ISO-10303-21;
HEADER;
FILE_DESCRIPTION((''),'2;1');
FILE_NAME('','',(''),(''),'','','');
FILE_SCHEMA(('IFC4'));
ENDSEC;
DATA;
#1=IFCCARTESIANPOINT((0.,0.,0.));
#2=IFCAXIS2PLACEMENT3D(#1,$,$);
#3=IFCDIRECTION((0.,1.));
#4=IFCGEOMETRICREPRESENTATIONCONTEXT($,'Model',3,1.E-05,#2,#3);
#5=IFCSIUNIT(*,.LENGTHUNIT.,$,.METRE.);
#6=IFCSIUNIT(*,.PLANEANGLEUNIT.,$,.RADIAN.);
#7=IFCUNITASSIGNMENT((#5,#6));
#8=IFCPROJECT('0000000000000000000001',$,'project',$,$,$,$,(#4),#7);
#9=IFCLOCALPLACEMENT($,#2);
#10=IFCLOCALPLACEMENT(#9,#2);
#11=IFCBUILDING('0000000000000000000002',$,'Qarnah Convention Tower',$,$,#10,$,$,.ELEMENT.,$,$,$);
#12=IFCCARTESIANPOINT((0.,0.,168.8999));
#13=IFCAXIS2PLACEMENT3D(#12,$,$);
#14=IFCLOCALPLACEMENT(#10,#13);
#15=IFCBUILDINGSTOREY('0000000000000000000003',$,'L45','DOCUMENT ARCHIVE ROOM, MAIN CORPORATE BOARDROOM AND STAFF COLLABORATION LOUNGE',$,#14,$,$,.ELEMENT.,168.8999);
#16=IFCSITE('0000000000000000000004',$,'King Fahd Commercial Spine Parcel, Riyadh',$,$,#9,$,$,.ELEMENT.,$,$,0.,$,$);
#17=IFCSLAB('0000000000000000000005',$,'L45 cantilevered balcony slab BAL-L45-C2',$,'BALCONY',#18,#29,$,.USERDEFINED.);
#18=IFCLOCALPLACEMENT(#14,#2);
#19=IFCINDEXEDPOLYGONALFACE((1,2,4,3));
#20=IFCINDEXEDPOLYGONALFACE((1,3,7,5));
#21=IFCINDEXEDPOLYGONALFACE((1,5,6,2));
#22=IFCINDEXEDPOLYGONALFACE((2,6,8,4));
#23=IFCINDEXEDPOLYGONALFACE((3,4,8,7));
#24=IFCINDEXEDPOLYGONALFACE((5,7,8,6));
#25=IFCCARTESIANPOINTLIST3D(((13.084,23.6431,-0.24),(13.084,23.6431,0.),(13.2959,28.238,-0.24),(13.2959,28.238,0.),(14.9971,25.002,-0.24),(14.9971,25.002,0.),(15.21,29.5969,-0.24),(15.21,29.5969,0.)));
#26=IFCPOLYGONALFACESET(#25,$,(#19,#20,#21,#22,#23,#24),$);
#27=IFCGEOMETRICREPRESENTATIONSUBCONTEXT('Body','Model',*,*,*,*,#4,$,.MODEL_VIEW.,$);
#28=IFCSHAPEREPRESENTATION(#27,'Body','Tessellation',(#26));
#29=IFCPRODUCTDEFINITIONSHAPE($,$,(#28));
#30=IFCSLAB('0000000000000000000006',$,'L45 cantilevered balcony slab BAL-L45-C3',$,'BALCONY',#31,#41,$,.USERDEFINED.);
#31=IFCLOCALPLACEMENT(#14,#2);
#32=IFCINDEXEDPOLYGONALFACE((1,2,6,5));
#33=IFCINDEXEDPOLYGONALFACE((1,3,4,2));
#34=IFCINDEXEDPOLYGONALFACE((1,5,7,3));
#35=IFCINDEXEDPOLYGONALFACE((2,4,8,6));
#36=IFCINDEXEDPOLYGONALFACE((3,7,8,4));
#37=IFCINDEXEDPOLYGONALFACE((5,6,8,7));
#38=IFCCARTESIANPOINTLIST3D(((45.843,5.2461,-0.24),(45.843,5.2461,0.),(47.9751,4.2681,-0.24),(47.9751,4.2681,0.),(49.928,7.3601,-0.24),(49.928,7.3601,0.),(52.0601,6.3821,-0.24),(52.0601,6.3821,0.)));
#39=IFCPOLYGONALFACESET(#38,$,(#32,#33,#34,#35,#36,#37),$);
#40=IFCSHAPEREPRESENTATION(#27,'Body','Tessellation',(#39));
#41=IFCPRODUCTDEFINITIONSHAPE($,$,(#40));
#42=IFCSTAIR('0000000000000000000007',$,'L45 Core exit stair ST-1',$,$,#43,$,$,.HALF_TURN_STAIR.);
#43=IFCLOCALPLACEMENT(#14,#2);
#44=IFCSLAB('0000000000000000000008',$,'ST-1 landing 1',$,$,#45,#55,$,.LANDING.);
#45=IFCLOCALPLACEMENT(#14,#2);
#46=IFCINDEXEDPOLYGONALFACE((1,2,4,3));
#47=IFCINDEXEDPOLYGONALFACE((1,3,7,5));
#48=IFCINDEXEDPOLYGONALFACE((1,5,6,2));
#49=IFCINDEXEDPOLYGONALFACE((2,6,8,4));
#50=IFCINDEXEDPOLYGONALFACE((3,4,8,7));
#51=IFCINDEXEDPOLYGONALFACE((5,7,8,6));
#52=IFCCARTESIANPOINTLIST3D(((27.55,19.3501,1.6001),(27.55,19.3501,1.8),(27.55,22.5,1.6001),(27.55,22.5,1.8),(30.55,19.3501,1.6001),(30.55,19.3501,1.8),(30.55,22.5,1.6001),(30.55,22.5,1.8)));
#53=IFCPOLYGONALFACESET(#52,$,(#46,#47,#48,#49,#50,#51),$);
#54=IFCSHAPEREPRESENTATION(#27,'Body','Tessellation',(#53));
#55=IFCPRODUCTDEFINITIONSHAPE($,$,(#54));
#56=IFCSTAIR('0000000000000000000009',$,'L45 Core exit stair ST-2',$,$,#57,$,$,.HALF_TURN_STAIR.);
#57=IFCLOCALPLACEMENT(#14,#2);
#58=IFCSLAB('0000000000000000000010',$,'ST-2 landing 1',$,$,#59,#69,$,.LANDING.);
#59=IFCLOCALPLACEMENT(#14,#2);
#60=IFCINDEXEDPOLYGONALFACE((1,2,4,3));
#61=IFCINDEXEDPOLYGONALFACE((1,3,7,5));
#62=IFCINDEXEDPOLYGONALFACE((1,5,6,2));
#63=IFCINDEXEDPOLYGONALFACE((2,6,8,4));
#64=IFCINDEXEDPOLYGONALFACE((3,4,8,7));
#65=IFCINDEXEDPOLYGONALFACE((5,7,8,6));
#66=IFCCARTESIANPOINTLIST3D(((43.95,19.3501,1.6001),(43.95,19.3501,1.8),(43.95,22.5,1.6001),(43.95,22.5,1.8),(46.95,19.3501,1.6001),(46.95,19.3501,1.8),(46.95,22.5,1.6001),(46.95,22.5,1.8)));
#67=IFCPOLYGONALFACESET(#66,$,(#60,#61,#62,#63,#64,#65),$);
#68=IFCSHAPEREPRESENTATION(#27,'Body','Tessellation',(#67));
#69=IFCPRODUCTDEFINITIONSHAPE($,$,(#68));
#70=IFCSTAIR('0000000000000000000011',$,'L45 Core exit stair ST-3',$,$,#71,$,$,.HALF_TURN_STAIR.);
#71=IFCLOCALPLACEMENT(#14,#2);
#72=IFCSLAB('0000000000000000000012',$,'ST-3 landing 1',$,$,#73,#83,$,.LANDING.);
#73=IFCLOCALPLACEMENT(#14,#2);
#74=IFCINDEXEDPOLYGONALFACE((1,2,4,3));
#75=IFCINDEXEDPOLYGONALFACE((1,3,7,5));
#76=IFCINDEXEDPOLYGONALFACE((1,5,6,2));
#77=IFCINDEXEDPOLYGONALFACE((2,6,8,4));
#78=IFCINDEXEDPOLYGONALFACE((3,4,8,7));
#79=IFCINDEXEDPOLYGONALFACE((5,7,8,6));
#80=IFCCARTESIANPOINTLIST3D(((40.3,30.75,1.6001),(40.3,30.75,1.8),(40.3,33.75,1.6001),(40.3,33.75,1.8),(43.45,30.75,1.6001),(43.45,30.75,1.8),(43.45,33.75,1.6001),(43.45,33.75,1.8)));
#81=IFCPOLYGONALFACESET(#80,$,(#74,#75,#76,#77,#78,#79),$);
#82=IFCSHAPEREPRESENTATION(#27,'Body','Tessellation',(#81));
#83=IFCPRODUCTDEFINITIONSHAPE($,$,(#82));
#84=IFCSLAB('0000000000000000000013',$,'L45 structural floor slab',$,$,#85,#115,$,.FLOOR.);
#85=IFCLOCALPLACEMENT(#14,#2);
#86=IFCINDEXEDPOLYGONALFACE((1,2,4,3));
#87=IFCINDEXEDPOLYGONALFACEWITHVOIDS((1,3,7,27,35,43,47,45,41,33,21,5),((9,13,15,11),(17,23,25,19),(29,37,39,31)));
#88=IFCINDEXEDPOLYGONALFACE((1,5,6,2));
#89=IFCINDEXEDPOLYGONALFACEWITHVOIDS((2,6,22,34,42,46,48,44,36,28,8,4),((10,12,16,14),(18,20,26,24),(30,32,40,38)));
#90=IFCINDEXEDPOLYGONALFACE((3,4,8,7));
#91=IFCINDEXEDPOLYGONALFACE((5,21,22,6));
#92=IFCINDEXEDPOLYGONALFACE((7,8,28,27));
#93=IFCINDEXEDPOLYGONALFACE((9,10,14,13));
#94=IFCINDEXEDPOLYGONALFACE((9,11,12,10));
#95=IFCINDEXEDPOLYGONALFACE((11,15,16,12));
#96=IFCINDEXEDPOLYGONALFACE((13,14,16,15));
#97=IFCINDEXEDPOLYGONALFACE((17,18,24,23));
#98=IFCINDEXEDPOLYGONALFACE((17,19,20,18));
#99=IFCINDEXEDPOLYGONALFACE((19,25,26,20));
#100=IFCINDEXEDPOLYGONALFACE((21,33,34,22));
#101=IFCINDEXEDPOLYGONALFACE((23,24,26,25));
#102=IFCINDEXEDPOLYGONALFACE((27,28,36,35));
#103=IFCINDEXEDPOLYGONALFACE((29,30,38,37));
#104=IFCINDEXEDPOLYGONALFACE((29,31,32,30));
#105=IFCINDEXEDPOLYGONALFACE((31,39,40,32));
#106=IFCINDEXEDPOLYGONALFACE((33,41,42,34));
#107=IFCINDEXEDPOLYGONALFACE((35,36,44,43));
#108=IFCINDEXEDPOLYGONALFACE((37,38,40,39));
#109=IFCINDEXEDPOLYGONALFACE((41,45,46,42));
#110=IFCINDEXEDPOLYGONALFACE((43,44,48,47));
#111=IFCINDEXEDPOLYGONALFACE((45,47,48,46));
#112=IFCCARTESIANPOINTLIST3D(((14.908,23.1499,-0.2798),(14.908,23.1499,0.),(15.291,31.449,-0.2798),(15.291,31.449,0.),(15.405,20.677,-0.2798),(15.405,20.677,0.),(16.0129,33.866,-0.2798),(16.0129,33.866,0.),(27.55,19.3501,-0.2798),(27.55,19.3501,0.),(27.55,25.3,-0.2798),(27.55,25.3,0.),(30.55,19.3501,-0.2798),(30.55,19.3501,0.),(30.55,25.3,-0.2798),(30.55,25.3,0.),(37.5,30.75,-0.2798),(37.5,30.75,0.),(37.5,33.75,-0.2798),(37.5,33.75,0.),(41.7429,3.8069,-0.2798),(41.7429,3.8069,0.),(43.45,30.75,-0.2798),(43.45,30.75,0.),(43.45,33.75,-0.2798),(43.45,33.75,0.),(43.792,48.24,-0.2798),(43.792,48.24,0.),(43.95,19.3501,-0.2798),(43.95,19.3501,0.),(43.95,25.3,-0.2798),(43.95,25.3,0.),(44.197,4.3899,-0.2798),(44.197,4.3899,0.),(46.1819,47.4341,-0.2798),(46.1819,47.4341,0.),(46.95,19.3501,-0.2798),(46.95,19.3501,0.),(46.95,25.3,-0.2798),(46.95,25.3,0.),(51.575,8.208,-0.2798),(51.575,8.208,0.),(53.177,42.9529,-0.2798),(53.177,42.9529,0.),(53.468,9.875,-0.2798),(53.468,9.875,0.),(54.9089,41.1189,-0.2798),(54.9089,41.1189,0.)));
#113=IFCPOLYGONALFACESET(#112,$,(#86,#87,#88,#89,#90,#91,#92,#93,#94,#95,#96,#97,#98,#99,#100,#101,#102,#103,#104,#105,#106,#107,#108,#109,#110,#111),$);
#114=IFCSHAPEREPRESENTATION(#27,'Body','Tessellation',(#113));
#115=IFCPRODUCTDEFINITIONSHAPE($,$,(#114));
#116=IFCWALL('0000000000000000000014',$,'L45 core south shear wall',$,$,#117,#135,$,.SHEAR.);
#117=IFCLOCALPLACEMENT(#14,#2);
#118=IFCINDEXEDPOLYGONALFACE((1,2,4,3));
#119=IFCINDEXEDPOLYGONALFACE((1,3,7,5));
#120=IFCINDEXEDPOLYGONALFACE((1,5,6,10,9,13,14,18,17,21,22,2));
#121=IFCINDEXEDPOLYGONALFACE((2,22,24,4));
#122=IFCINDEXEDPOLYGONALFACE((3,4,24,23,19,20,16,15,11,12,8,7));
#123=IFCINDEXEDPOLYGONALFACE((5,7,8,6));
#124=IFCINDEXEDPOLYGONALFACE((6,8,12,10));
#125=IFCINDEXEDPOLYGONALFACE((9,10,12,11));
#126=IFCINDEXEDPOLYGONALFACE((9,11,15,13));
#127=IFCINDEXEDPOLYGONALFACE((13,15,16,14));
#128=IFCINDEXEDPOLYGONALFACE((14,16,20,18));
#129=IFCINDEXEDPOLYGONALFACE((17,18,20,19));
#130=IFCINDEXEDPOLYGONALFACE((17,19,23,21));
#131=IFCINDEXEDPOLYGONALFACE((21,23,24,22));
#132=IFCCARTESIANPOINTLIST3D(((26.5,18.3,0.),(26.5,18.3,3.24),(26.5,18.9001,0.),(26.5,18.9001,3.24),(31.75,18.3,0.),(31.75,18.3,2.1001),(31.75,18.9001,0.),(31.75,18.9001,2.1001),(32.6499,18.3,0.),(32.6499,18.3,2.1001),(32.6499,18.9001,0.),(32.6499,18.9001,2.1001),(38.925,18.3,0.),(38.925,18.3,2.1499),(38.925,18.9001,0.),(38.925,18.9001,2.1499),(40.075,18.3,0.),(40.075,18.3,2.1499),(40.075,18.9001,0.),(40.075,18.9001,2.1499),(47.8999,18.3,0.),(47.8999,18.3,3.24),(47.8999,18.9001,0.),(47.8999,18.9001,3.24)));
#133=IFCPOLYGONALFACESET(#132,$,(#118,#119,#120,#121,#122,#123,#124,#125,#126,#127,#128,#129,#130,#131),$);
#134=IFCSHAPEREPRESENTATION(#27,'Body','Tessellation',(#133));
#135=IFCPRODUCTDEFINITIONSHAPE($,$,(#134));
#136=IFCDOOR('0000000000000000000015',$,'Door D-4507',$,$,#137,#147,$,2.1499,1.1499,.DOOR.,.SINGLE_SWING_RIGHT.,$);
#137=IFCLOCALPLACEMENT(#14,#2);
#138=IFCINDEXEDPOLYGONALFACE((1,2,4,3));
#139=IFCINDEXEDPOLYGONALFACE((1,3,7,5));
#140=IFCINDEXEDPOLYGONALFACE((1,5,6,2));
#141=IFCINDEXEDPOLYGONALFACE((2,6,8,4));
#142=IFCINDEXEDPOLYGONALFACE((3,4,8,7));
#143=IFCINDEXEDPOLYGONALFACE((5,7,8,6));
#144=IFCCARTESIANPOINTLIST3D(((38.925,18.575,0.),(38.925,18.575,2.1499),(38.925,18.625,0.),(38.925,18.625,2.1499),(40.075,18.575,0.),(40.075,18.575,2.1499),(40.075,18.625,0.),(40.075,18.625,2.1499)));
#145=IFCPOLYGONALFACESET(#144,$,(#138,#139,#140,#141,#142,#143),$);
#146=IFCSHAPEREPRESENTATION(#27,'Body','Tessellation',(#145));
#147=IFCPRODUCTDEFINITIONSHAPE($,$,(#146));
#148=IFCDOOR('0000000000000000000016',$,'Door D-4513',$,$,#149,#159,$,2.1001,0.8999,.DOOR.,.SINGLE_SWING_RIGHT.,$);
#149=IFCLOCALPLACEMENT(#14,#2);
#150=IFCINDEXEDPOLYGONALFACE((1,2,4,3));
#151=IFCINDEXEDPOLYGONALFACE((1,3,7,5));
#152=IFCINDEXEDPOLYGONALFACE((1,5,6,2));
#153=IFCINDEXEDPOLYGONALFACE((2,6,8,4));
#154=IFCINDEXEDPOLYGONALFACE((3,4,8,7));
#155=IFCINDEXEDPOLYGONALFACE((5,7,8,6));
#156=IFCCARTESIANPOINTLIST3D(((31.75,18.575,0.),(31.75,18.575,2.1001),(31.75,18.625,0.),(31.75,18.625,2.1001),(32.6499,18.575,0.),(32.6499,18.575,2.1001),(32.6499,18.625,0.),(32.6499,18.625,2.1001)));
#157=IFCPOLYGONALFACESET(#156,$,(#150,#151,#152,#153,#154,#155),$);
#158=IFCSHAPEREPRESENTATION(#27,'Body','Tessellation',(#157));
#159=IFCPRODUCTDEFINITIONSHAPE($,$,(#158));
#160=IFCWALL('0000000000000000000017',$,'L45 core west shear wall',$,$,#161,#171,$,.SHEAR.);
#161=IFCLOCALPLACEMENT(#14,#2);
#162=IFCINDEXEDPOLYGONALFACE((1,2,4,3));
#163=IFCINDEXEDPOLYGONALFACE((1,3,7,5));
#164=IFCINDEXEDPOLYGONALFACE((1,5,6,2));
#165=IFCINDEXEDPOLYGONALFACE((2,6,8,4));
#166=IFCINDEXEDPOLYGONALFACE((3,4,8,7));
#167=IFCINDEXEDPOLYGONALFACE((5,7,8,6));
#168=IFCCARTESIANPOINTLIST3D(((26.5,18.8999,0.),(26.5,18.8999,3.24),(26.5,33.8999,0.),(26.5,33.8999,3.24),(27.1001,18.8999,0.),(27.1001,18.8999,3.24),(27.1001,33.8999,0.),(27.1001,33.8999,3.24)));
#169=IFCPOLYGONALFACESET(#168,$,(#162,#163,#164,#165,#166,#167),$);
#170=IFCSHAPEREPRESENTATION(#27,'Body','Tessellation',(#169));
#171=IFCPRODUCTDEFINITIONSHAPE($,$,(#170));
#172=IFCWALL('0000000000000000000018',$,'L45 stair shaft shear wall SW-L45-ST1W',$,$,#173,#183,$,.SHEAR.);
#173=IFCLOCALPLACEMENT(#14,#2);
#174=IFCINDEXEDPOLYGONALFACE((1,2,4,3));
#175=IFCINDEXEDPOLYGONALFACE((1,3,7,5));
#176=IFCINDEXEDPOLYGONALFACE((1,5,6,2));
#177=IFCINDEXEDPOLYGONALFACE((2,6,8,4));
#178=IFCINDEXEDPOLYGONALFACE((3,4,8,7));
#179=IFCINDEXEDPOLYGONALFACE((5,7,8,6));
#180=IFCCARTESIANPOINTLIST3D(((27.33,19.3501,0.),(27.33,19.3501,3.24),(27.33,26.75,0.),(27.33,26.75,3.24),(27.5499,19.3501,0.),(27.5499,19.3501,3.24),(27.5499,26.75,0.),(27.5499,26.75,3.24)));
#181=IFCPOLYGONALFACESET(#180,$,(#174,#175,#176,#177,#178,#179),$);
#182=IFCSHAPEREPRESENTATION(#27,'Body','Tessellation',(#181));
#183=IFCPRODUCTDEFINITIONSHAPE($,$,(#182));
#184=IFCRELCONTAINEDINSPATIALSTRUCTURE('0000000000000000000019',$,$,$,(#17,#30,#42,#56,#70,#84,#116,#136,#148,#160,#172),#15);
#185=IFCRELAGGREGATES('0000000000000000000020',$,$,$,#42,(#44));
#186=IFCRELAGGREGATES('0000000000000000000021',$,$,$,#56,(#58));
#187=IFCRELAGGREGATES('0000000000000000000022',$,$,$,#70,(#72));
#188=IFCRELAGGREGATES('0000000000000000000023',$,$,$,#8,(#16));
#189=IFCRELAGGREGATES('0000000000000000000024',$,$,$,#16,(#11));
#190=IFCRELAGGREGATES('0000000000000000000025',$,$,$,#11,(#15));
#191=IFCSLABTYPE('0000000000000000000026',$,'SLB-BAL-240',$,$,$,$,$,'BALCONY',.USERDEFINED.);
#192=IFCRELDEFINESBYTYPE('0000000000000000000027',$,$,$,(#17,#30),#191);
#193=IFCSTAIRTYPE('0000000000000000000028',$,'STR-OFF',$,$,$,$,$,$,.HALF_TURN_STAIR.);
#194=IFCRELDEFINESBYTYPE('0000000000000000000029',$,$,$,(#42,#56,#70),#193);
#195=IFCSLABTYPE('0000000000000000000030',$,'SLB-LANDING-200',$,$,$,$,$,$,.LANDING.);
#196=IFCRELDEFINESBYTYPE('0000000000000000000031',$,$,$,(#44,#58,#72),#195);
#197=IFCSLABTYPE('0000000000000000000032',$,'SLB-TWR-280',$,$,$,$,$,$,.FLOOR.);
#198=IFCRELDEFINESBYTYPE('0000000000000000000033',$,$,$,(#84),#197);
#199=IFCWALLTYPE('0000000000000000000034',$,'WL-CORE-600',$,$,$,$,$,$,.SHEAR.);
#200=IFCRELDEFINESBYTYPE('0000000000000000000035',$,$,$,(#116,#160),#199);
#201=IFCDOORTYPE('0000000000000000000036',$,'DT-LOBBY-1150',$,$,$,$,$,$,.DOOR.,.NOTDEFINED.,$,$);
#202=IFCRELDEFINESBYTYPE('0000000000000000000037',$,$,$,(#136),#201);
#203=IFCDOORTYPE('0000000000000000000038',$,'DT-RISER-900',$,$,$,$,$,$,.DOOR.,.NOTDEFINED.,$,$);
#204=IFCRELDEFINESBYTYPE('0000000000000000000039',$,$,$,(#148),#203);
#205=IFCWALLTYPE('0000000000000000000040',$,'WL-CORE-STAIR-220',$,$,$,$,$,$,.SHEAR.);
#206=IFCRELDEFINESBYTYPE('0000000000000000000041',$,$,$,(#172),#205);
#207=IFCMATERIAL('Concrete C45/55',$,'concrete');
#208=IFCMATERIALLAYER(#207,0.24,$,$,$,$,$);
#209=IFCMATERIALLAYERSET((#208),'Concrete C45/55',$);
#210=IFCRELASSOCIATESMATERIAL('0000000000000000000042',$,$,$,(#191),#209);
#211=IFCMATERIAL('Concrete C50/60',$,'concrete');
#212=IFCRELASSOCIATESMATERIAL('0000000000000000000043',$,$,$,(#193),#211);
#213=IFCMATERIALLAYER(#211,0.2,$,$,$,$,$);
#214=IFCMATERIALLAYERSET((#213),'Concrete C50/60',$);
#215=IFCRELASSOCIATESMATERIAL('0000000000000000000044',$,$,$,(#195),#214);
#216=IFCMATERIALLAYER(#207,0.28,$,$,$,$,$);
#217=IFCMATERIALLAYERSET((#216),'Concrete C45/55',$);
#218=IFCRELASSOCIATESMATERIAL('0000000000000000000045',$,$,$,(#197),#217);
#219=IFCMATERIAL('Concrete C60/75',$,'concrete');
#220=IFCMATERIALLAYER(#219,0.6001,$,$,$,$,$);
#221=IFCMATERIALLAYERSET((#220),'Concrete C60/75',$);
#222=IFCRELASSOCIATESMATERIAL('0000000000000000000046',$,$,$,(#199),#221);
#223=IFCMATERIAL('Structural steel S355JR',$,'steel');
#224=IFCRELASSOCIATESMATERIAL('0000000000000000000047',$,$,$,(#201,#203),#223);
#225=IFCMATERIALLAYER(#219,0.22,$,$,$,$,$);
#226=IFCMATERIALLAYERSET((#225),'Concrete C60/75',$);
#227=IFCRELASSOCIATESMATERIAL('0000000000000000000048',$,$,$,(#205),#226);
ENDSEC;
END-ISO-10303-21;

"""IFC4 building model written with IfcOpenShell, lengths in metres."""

from ifc_helpers import new_model, si_unit, direction, frame, frame_2d, origin, place, context, subcontext, project, spatial, polyline, rectangle, outline, extrude, material, layer, layer_set, type_object, element, fill, aggregate, save


model = new_model("IFC4")

# Units and contexts
model_context = context("Model", 3, precision=1e-05, world=origin(), true_north=direction((0.0, 1.0)))
body_context = subcontext(model_context, "Body", "Model", "MODEL_VIEW")
ifc_project = project(units=[si_unit("LENGTHUNIT", "METRE"), si_unit("PLANEANGLEUNIT", "RADIAN")], contexts=[model_context])

# Site, building, storey
site_placement = place(None, origin())
site = spatial("IfcSite", under=ifc_project, at=site_placement, Name="King Fahd Commercial Spine Parcel, Riyadh", CompositionType="ELEMENT", RefElevation=0.0)
building_placement = place(site_placement, origin())
building = spatial("IfcBuilding", under=site, at=building_placement, Name="Qarnah Convention Tower", CompositionType="ELEMENT")
storey_placement = place(building_placement, frame((0.0, 0.0, 168.8999)))
storey = spatial("IfcBuildingStorey", under=building, at=storey_placement, Name="L45", Description="DOCUMENT ARCHIVE ROOM, MAIN CORPORATE BOARDROOM AND STAFF COLLABORATION LOUNGE", CompositionType="ELEMENT", Elevation=168.8999)

# Shared definitions
ifc_material_1 = material(Name="Concrete C60/75", Category="concrete")

# Shared definitions
ifc_material_2 = material(Name="Structural steel S355JR", Category="steel")

# Slabs
ifc_material_3 = material(Name="Concrete C45/55", Category="concrete")
ifc_layer_1 = layer(ifc_material_3, 0.24)
ifc_layer_set_1 = layer_set([ifc_layer_1], Name="Concrete C45/55")
slab_type_1 = type_object("IfcSlabType", Name="SLB-BAL-240", ElementType="BALCONY", PredefinedType="USERDEFINED", material=ifc_layer_set_1)
slab_1_placement = place(storey_placement, frame((0.0, 0.0, -0.24)))
element("IfcSlab", 1, at=slab_1_placement, inside=storey, type_object=slab_type_1, Name="L45 cantilevered balcony slab BAL-L45-C2", ObjectType="BALCONY", PredefinedType="USERDEFINED", context=body_context, shape_type="SweptSolid", body=[
    extrude(outline(polyline([(13.084, 23.6431), (13.2959, 28.238), (15.21, 29.5969), (14.9971, 25.002), (13.084, 23.6431)])), origin(), (0.0, 0.0, 1.0), 0.24),
])
slab_2_placement = place(storey_placement, frame((0.0, 0.0, -0.24)))
element("IfcSlab", 2, at=slab_2_placement, inside=storey, type_object=slab_type_1, Name="L45 cantilevered balcony slab BAL-L45-C3", ObjectType="BALCONY", PredefinedType="USERDEFINED", context=body_context, shape_type="SweptSolid", body=[
    extrude(outline(polyline([(52.0601, 6.3821), (47.9751, 4.2681), (45.843, 5.2461), (49.928, 7.3601), (52.0601, 6.3821)])), origin(), (0.0, 0.0, 1.0), 0.24),
])

# Stairs, slabs
ifc_material_4 = material(Name="Concrete C50/60", Category="concrete")
stair_type = type_object("IfcStairType", Name="STR-OFF", PredefinedType="HALF_TURN_STAIR", material=ifc_material_4)
stair_1_placement = place(storey_placement, origin())
stair_1 = element("IfcStair", 3, at=stair_1_placement, inside=storey, type_object=stair_type, Name="L45 Core exit stair ST-1", PredefinedType="HALF_TURN_STAIR")
ifc_layer_2 = layer(ifc_material_4, 0.2)
ifc_layer_set_2 = layer_set([ifc_layer_2], Name="Concrete C50/60")
slab_type_2 = type_object("IfcSlabType", Name="SLB-LANDING-200", PredefinedType="LANDING", material=ifc_layer_set_2)
slab_3_placement = place(storey_placement, frame((0.0, 0.0, 1.6001)))
slab_3 = element("IfcSlab", 4, at=slab_3_placement, type_object=slab_type_2, Name="ST-1 landing 1", PredefinedType="LANDING", context=body_context, shape_type="SweptSolid", body=[
    extrude(outline(polyline([(27.55, 22.5), (27.55, 19.3501), (30.55, 19.3501), (30.55, 22.5), (27.55, 22.5)])), origin(), (0.0, 0.0, 1.0), 0.2),
])
aggregate(stair_1, [slab_3])
stair_2_placement = place(storey_placement, origin())
stair_2 = element("IfcStair", 5, at=stair_2_placement, inside=storey, type_object=stair_type, Name="L45 Core exit stair ST-2", PredefinedType="HALF_TURN_STAIR")
slab_4_placement = place(storey_placement, frame((0.0, 0.0, 1.6001)))
slab_4 = element("IfcSlab", 6, at=slab_4_placement, type_object=slab_type_2, Name="ST-2 landing 1", PredefinedType="LANDING", context=body_context, shape_type="SweptSolid", body=[
    extrude(outline(polyline([(43.95, 22.5), (43.95, 19.3501), (46.95, 19.3501), (46.95, 22.5), (43.95, 22.5)])), origin(), (0.0, 0.0, 1.0), 0.2),
])
aggregate(stair_2, [slab_4])
stair_3_placement = place(storey_placement, origin())
stair_3 = element("IfcStair", 7, at=stair_3_placement, inside=storey, type_object=stair_type, Name="L45 Core exit stair ST-3", PredefinedType="HALF_TURN_STAIR")
slab_5_placement = place(storey_placement, frame((0.0, 0.0, 1.6001)))
slab_5 = element("IfcSlab", 8, at=slab_5_placement, type_object=slab_type_2, Name="ST-3 landing 1", PredefinedType="LANDING", context=body_context, shape_type="SweptSolid", body=[
    extrude(outline(polyline([(40.3, 30.75), (43.45, 30.75), (43.45, 33.75), (40.3, 33.75), (40.3, 30.75)])), origin(), (0.0, 0.0, 1.0), 0.2),
])
aggregate(stair_3, [slab_5])

# Slab
ifc_layer_3 = layer(ifc_material_3, 0.28)
ifc_layer_set_3 = layer_set([ifc_layer_3], Name="Concrete C45/55")
slab_type_3 = type_object("IfcSlabType", Name="SLB-TWR-280", PredefinedType="FLOOR", material=ifc_layer_set_3)
slab_6_placement = place(storey_placement, frame((0.0, 0.0, -0.2798)))
element("IfcSlab", 9, at=slab_6_placement, inside=storey, type_object=slab_type_3, Name="L45 structural floor slab", PredefinedType="FLOOR", context=body_context, shape_type="SweptSolid", body=[
    extrude(outline(polyline([(43.792, 48.24), (16.0129, 33.866), (15.291, 31.449), (14.908, 23.1499), (15.405, 20.677), (41.7429, 3.8069), (44.197, 4.3899), (51.575, 8.208), (53.468, 9.875), (54.9089, 41.1189), (53.177, 42.9529), (46.1819, 47.4341), (43.792, 48.24)]), holes=[polyline([(27.55, 25.3), (27.55, 19.3501), (30.55, 19.3501), (30.55, 25.3), (27.55, 25.3)]), polyline([(43.95, 25.3), (43.95, 19.3501), (46.95, 19.3501), (46.95, 25.3), (43.95, 25.3)]), polyline([(37.5, 30.75), (43.45, 30.75), (43.45, 33.75), (37.5, 33.75), (37.5, 30.75)])]), origin(), (0.0, 0.0, 1.0), 0.2798),
])

# Wall, openings, doors
ifc_layer_4 = layer(ifc_material_1, 0.6001)
ifc_layer_set_4 = layer_set([ifc_layer_4], Name="Concrete C60/75")
wall_type_1 = type_object("IfcWallType", Name="WL-CORE-600", PredefinedType="SHEAR", material=ifc_layer_set_4)
wall_1_placement = place(storey_placement, frame((26.5, 18.6001, 0.0), z_axis=(0.0, 0.0, 1.0), x_axis=(1.0, 0.0, 0.0)))
wall_1 = element("IfcWall", 10, at=wall_1_placement, inside=storey, type_object=wall_type_1, Name="L45 core south shear wall", PredefinedType="SHEAR", context=body_context, shape_type="SweptSolid", body=[
    extrude(rectangle(XDim=21.3999, YDim=0.6001, at=frame_2d((10.7, 0.0))), origin(), (0.0, 0.0, 1.0), 3.24),
])
opening_1_placement = place(wall_1_placement, frame((12.425, 0.0, 0.0)))
opening_1 = element("IfcOpeningElement", 11, at=opening_1_placement, cuts=wall_1, PredefinedType="OPENING", context=body_context, shape_type="SweptSolid", body=[
    extrude(rectangle(XDim=1.1499, YDim=2.1499, at=frame_2d((0.575, 1.075))), frame((0.0, 0.3101, 0.0), z_axis=(0.0, -1.0, 0.0), x_axis=(1.0, 0.0, 0.0)), (0.0, 0.0, 1.0), 0.6201),
])
opening_2_placement = place(wall_1_placement, frame((5.25, 0.0, 0.0)))
opening_2 = element("IfcOpeningElement", 12, at=opening_2_placement, cuts=wall_1, PredefinedType="OPENING", context=body_context, shape_type="SweptSolid", body=[
    extrude(rectangle(XDim=0.8999, YDim=2.1001, at=frame_2d((0.45, 1.05))), frame((0.0, 0.3101, 0.0), z_axis=(0.0, -1.0, 0.0), x_axis=(1.0, 0.0, 0.0)), (0.0, 0.0, 1.0), 0.6201),
])
door_type_1 = type_object("IfcDoorType", Name="DT-LOBBY-1150", OperationType="NOTDEFINED", PredefinedType="DOOR", material=ifc_material_2)
door_1_placement = place(opening_1_placement, origin())
door_1 = element("IfcDoor", 13, at=door_1_placement, inside=storey, type_object=door_type_1, Name="Door D-4507", OperationType="SINGLE_SWING_RIGHT", OverallHeight=2.1499, OverallWidth=1.1499, PredefinedType="DOOR", context=body_context, shape_type="SweptSolid", body=[
    extrude(rectangle(XDim=1.1499, YDim=2.1499, at=frame_2d((0.575, 1.075))), frame((0.0, 0.0249, 0.0), z_axis=(0.0, -1.0, 0.0), x_axis=(1.0, 0.0, 0.0)), (0.0, 0.0, 1.0), 0.05),
])
fill(opening_1, door_1)
door_type_2 = type_object("IfcDoorType", Name="DT-RISER-900", OperationType="NOTDEFINED", PredefinedType="DOOR", material=ifc_material_2)
door_2_placement = place(opening_2_placement, origin())
door_2 = element("IfcDoor", 14, at=door_2_placement, inside=storey, type_object=door_type_2, Name="Door D-4513", OperationType="SINGLE_SWING_RIGHT", OverallHeight=2.1001, OverallWidth=0.8999, PredefinedType="DOOR", context=body_context, shape_type="SweptSolid", body=[
    extrude(rectangle(XDim=0.8999, YDim=2.1001, at=frame_2d((0.45, 1.05))), frame((0.0, 0.0249, 0.0), z_axis=(0.0, -1.0, 0.0), x_axis=(1.0, 0.0, 0.0)), (0.0, 0.0, 1.0), 0.05),
])
fill(opening_2, door_2)

# Walls
wall_2_placement = place(storey_placement, frame((26.8, 18.8999, 0.0), z_axis=(0.0, 0.0, 1.0), x_axis=(0.0, 1.0, 0.0)))
element("IfcWall", 15, at=wall_2_placement, inside=storey, type_object=wall_type_1, Name="L45 core west shear wall", PredefinedType="SHEAR", context=body_context, shape_type="SweptSolid", body=[
    extrude(rectangle(XDim=15.0, YDim=0.6001, at=frame_2d((7.5, 0.0))), origin(), (0.0, 0.0, 1.0), 3.24),
])
ifc_layer_5 = layer(ifc_material_1, 0.22)
ifc_layer_set_5 = layer_set([ifc_layer_5], Name="Concrete C60/75")
wall_type_2 = type_object("IfcWallType", Name="WL-CORE-STAIR-220", PredefinedType="SHEAR", material=ifc_layer_set_5)
wall_3_placement = place(storey_placement, frame((27.4399, 19.3501, 0.0), z_axis=(0.0, 0.0, 1.0), x_axis=(0.0, 1.0, 0.0)))
element("IfcWall", 16, at=wall_3_placement, inside=storey, type_object=wall_type_2, Name="L45 stair shaft shear wall SW-L45-ST1W", PredefinedType="SHEAR", context=body_context, shape_type="SweptSolid", body=[
    extrude(rectangle(XDim=7.3999, YDim=0.22, at=frame_2d((3.7, 0.0))), origin(), (0.0, 0.0, 1.0), 3.24),
])

save(model, "model.ifc")
